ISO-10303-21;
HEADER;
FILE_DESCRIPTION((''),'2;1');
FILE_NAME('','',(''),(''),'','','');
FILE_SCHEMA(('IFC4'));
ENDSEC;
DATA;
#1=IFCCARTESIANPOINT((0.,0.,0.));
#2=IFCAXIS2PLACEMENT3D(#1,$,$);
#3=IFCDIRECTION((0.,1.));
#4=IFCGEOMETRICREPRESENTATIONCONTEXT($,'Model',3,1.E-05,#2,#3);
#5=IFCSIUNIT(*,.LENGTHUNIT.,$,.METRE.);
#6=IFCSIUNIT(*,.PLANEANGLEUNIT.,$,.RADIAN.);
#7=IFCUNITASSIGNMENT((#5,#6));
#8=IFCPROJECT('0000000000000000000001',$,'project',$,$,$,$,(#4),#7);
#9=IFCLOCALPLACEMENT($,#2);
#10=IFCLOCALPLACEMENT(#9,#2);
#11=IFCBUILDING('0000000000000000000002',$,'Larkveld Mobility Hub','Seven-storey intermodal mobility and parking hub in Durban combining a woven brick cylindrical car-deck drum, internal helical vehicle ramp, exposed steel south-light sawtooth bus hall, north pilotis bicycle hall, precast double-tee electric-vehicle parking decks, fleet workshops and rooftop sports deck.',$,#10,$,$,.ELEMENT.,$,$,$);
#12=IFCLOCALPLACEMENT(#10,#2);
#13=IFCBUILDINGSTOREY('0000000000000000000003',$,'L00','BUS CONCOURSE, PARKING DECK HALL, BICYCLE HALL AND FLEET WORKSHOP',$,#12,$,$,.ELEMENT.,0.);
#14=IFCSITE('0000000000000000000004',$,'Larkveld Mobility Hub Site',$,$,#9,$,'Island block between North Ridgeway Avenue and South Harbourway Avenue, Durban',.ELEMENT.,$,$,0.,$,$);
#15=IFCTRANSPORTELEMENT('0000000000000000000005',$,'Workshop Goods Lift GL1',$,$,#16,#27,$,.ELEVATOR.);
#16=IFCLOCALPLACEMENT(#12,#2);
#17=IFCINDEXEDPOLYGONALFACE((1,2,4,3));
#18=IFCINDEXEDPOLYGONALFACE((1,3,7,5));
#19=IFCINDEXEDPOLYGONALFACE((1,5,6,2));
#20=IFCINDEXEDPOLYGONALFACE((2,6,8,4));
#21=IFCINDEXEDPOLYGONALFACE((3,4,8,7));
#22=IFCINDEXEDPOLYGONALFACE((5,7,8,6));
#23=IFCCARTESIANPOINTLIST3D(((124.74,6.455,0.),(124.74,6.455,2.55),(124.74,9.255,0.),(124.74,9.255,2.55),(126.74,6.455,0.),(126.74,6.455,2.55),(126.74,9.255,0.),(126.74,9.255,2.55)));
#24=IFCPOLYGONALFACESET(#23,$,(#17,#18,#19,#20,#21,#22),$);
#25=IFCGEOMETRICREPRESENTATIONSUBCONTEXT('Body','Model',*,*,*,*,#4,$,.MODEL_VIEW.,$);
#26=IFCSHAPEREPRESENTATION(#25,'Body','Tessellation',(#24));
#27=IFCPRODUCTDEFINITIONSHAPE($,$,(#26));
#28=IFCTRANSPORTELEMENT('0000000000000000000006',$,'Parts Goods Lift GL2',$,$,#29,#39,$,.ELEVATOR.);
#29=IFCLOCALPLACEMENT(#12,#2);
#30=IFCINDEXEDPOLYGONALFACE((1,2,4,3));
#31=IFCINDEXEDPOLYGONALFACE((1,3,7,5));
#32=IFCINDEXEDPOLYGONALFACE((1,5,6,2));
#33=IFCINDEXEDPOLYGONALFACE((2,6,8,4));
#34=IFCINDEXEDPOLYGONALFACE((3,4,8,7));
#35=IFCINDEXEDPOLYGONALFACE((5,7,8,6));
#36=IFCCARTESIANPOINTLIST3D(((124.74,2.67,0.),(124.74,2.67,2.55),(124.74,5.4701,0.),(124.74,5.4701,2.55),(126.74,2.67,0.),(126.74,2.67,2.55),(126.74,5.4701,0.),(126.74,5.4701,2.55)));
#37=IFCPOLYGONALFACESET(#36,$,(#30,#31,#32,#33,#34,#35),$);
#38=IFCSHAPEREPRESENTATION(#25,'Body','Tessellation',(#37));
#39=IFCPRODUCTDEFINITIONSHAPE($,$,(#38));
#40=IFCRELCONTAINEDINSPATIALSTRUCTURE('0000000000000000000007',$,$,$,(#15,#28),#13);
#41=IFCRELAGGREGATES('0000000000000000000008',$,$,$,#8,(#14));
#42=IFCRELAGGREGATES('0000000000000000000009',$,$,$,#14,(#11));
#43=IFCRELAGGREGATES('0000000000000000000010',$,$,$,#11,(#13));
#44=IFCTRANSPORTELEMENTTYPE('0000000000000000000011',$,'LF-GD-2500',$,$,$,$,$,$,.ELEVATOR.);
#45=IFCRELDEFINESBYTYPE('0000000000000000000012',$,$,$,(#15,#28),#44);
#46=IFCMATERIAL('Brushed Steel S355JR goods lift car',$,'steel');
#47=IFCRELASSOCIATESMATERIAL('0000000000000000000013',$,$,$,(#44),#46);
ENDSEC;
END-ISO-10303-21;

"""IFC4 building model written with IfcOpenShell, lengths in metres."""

from ifc_helpers import new_model, si_unit, direction, frame, origin, origin_2d, place, context, subcontext, project, spatial, rectangle, extrude, material, type_object, element, save


model = new_model("IFC4")

# Units and contexts
model_context = context("Model", 3, precision=1e-05, world=origin(), true_north=direction((0.0, 1.0)))
body_context = subcontext(model_context, "Body", "Model", "MODEL_VIEW")
ifc_project = project(units=[si_unit("LENGTHUNIT", "METRE"), si_unit("PLANEANGLEUNIT", "RADIAN")], contexts=[model_context])

# Site, building, storey
site_placement = place(None, origin())
site = spatial("IfcSite", under=ifc_project, at=site_placement, Name="Larkveld Mobility Hub Site", LongName="Island block between North Ridgeway Avenue and South Harbourway Avenue, Durban", CompositionType="ELEMENT", RefElevation=0.0)
building_placement = place(site_placement, origin())
building = spatial("IfcBuilding", under=site, at=building_placement, Name="Larkveld Mobility Hub", Description="Seven-storey intermodal mobility and parking hub in Durban combining a woven brick cylindrical car-deck drum, internal helical vehicle ramp, exposed steel south-light sawtooth bus hall, north pilotis bicycle hall, precast double-tee electric-vehicle parking decks, fleet workshops and rooftop sports deck.", CompositionType="ELEMENT")
storey_placement = place(building_placement, origin())
storey = spatial("IfcBuildingStorey", under=building, at=storey_placement, Name="L00", Description="BUS CONCOURSE, PARKING DECK HALL, BICYCLE HALL AND FLEET WORKSHOP", CompositionType="ELEMENT", Elevation=0.0)

# Transport elements
ifc_material_1 = material(Name="Brushed Steel S355JR goods lift car", Category="steel")
transport_element_type = type_object("IfcTransportElementType", Name="LF-GD-2500", PredefinedType="ELEVATOR", material=ifc_material_1)
for number, where, z_axis, x_axis, name in (
    (1, (125.74, 7.855, 0.0), (0.0, 0.0, 1.0), (1.0, 0.0, 0.0), "Workshop Goods Lift GL1"),
    (2, (125.74, 4.0701, 0.0), (0.0, 0.0, 1.0), (1.0, 0.0, 0.0), "Parts Goods Lift GL2"),
):
    element("IfcTransportElement", number, at=place(storey_placement, frame(where, z_axis=z_axis, x_axis=x_axis)), inside=storey, type_object=transport_element_type, Name=name, PredefinedType="ELEVATOR", context=body_context, shape_type="SweptSolid", body=[
        extrude(rectangle(XDim=2.0, YDim=2.8, at=origin_2d()), origin(), (0.0, 0.0, 1.0), 2.55),
    ])

save(model, "model.ifc")
